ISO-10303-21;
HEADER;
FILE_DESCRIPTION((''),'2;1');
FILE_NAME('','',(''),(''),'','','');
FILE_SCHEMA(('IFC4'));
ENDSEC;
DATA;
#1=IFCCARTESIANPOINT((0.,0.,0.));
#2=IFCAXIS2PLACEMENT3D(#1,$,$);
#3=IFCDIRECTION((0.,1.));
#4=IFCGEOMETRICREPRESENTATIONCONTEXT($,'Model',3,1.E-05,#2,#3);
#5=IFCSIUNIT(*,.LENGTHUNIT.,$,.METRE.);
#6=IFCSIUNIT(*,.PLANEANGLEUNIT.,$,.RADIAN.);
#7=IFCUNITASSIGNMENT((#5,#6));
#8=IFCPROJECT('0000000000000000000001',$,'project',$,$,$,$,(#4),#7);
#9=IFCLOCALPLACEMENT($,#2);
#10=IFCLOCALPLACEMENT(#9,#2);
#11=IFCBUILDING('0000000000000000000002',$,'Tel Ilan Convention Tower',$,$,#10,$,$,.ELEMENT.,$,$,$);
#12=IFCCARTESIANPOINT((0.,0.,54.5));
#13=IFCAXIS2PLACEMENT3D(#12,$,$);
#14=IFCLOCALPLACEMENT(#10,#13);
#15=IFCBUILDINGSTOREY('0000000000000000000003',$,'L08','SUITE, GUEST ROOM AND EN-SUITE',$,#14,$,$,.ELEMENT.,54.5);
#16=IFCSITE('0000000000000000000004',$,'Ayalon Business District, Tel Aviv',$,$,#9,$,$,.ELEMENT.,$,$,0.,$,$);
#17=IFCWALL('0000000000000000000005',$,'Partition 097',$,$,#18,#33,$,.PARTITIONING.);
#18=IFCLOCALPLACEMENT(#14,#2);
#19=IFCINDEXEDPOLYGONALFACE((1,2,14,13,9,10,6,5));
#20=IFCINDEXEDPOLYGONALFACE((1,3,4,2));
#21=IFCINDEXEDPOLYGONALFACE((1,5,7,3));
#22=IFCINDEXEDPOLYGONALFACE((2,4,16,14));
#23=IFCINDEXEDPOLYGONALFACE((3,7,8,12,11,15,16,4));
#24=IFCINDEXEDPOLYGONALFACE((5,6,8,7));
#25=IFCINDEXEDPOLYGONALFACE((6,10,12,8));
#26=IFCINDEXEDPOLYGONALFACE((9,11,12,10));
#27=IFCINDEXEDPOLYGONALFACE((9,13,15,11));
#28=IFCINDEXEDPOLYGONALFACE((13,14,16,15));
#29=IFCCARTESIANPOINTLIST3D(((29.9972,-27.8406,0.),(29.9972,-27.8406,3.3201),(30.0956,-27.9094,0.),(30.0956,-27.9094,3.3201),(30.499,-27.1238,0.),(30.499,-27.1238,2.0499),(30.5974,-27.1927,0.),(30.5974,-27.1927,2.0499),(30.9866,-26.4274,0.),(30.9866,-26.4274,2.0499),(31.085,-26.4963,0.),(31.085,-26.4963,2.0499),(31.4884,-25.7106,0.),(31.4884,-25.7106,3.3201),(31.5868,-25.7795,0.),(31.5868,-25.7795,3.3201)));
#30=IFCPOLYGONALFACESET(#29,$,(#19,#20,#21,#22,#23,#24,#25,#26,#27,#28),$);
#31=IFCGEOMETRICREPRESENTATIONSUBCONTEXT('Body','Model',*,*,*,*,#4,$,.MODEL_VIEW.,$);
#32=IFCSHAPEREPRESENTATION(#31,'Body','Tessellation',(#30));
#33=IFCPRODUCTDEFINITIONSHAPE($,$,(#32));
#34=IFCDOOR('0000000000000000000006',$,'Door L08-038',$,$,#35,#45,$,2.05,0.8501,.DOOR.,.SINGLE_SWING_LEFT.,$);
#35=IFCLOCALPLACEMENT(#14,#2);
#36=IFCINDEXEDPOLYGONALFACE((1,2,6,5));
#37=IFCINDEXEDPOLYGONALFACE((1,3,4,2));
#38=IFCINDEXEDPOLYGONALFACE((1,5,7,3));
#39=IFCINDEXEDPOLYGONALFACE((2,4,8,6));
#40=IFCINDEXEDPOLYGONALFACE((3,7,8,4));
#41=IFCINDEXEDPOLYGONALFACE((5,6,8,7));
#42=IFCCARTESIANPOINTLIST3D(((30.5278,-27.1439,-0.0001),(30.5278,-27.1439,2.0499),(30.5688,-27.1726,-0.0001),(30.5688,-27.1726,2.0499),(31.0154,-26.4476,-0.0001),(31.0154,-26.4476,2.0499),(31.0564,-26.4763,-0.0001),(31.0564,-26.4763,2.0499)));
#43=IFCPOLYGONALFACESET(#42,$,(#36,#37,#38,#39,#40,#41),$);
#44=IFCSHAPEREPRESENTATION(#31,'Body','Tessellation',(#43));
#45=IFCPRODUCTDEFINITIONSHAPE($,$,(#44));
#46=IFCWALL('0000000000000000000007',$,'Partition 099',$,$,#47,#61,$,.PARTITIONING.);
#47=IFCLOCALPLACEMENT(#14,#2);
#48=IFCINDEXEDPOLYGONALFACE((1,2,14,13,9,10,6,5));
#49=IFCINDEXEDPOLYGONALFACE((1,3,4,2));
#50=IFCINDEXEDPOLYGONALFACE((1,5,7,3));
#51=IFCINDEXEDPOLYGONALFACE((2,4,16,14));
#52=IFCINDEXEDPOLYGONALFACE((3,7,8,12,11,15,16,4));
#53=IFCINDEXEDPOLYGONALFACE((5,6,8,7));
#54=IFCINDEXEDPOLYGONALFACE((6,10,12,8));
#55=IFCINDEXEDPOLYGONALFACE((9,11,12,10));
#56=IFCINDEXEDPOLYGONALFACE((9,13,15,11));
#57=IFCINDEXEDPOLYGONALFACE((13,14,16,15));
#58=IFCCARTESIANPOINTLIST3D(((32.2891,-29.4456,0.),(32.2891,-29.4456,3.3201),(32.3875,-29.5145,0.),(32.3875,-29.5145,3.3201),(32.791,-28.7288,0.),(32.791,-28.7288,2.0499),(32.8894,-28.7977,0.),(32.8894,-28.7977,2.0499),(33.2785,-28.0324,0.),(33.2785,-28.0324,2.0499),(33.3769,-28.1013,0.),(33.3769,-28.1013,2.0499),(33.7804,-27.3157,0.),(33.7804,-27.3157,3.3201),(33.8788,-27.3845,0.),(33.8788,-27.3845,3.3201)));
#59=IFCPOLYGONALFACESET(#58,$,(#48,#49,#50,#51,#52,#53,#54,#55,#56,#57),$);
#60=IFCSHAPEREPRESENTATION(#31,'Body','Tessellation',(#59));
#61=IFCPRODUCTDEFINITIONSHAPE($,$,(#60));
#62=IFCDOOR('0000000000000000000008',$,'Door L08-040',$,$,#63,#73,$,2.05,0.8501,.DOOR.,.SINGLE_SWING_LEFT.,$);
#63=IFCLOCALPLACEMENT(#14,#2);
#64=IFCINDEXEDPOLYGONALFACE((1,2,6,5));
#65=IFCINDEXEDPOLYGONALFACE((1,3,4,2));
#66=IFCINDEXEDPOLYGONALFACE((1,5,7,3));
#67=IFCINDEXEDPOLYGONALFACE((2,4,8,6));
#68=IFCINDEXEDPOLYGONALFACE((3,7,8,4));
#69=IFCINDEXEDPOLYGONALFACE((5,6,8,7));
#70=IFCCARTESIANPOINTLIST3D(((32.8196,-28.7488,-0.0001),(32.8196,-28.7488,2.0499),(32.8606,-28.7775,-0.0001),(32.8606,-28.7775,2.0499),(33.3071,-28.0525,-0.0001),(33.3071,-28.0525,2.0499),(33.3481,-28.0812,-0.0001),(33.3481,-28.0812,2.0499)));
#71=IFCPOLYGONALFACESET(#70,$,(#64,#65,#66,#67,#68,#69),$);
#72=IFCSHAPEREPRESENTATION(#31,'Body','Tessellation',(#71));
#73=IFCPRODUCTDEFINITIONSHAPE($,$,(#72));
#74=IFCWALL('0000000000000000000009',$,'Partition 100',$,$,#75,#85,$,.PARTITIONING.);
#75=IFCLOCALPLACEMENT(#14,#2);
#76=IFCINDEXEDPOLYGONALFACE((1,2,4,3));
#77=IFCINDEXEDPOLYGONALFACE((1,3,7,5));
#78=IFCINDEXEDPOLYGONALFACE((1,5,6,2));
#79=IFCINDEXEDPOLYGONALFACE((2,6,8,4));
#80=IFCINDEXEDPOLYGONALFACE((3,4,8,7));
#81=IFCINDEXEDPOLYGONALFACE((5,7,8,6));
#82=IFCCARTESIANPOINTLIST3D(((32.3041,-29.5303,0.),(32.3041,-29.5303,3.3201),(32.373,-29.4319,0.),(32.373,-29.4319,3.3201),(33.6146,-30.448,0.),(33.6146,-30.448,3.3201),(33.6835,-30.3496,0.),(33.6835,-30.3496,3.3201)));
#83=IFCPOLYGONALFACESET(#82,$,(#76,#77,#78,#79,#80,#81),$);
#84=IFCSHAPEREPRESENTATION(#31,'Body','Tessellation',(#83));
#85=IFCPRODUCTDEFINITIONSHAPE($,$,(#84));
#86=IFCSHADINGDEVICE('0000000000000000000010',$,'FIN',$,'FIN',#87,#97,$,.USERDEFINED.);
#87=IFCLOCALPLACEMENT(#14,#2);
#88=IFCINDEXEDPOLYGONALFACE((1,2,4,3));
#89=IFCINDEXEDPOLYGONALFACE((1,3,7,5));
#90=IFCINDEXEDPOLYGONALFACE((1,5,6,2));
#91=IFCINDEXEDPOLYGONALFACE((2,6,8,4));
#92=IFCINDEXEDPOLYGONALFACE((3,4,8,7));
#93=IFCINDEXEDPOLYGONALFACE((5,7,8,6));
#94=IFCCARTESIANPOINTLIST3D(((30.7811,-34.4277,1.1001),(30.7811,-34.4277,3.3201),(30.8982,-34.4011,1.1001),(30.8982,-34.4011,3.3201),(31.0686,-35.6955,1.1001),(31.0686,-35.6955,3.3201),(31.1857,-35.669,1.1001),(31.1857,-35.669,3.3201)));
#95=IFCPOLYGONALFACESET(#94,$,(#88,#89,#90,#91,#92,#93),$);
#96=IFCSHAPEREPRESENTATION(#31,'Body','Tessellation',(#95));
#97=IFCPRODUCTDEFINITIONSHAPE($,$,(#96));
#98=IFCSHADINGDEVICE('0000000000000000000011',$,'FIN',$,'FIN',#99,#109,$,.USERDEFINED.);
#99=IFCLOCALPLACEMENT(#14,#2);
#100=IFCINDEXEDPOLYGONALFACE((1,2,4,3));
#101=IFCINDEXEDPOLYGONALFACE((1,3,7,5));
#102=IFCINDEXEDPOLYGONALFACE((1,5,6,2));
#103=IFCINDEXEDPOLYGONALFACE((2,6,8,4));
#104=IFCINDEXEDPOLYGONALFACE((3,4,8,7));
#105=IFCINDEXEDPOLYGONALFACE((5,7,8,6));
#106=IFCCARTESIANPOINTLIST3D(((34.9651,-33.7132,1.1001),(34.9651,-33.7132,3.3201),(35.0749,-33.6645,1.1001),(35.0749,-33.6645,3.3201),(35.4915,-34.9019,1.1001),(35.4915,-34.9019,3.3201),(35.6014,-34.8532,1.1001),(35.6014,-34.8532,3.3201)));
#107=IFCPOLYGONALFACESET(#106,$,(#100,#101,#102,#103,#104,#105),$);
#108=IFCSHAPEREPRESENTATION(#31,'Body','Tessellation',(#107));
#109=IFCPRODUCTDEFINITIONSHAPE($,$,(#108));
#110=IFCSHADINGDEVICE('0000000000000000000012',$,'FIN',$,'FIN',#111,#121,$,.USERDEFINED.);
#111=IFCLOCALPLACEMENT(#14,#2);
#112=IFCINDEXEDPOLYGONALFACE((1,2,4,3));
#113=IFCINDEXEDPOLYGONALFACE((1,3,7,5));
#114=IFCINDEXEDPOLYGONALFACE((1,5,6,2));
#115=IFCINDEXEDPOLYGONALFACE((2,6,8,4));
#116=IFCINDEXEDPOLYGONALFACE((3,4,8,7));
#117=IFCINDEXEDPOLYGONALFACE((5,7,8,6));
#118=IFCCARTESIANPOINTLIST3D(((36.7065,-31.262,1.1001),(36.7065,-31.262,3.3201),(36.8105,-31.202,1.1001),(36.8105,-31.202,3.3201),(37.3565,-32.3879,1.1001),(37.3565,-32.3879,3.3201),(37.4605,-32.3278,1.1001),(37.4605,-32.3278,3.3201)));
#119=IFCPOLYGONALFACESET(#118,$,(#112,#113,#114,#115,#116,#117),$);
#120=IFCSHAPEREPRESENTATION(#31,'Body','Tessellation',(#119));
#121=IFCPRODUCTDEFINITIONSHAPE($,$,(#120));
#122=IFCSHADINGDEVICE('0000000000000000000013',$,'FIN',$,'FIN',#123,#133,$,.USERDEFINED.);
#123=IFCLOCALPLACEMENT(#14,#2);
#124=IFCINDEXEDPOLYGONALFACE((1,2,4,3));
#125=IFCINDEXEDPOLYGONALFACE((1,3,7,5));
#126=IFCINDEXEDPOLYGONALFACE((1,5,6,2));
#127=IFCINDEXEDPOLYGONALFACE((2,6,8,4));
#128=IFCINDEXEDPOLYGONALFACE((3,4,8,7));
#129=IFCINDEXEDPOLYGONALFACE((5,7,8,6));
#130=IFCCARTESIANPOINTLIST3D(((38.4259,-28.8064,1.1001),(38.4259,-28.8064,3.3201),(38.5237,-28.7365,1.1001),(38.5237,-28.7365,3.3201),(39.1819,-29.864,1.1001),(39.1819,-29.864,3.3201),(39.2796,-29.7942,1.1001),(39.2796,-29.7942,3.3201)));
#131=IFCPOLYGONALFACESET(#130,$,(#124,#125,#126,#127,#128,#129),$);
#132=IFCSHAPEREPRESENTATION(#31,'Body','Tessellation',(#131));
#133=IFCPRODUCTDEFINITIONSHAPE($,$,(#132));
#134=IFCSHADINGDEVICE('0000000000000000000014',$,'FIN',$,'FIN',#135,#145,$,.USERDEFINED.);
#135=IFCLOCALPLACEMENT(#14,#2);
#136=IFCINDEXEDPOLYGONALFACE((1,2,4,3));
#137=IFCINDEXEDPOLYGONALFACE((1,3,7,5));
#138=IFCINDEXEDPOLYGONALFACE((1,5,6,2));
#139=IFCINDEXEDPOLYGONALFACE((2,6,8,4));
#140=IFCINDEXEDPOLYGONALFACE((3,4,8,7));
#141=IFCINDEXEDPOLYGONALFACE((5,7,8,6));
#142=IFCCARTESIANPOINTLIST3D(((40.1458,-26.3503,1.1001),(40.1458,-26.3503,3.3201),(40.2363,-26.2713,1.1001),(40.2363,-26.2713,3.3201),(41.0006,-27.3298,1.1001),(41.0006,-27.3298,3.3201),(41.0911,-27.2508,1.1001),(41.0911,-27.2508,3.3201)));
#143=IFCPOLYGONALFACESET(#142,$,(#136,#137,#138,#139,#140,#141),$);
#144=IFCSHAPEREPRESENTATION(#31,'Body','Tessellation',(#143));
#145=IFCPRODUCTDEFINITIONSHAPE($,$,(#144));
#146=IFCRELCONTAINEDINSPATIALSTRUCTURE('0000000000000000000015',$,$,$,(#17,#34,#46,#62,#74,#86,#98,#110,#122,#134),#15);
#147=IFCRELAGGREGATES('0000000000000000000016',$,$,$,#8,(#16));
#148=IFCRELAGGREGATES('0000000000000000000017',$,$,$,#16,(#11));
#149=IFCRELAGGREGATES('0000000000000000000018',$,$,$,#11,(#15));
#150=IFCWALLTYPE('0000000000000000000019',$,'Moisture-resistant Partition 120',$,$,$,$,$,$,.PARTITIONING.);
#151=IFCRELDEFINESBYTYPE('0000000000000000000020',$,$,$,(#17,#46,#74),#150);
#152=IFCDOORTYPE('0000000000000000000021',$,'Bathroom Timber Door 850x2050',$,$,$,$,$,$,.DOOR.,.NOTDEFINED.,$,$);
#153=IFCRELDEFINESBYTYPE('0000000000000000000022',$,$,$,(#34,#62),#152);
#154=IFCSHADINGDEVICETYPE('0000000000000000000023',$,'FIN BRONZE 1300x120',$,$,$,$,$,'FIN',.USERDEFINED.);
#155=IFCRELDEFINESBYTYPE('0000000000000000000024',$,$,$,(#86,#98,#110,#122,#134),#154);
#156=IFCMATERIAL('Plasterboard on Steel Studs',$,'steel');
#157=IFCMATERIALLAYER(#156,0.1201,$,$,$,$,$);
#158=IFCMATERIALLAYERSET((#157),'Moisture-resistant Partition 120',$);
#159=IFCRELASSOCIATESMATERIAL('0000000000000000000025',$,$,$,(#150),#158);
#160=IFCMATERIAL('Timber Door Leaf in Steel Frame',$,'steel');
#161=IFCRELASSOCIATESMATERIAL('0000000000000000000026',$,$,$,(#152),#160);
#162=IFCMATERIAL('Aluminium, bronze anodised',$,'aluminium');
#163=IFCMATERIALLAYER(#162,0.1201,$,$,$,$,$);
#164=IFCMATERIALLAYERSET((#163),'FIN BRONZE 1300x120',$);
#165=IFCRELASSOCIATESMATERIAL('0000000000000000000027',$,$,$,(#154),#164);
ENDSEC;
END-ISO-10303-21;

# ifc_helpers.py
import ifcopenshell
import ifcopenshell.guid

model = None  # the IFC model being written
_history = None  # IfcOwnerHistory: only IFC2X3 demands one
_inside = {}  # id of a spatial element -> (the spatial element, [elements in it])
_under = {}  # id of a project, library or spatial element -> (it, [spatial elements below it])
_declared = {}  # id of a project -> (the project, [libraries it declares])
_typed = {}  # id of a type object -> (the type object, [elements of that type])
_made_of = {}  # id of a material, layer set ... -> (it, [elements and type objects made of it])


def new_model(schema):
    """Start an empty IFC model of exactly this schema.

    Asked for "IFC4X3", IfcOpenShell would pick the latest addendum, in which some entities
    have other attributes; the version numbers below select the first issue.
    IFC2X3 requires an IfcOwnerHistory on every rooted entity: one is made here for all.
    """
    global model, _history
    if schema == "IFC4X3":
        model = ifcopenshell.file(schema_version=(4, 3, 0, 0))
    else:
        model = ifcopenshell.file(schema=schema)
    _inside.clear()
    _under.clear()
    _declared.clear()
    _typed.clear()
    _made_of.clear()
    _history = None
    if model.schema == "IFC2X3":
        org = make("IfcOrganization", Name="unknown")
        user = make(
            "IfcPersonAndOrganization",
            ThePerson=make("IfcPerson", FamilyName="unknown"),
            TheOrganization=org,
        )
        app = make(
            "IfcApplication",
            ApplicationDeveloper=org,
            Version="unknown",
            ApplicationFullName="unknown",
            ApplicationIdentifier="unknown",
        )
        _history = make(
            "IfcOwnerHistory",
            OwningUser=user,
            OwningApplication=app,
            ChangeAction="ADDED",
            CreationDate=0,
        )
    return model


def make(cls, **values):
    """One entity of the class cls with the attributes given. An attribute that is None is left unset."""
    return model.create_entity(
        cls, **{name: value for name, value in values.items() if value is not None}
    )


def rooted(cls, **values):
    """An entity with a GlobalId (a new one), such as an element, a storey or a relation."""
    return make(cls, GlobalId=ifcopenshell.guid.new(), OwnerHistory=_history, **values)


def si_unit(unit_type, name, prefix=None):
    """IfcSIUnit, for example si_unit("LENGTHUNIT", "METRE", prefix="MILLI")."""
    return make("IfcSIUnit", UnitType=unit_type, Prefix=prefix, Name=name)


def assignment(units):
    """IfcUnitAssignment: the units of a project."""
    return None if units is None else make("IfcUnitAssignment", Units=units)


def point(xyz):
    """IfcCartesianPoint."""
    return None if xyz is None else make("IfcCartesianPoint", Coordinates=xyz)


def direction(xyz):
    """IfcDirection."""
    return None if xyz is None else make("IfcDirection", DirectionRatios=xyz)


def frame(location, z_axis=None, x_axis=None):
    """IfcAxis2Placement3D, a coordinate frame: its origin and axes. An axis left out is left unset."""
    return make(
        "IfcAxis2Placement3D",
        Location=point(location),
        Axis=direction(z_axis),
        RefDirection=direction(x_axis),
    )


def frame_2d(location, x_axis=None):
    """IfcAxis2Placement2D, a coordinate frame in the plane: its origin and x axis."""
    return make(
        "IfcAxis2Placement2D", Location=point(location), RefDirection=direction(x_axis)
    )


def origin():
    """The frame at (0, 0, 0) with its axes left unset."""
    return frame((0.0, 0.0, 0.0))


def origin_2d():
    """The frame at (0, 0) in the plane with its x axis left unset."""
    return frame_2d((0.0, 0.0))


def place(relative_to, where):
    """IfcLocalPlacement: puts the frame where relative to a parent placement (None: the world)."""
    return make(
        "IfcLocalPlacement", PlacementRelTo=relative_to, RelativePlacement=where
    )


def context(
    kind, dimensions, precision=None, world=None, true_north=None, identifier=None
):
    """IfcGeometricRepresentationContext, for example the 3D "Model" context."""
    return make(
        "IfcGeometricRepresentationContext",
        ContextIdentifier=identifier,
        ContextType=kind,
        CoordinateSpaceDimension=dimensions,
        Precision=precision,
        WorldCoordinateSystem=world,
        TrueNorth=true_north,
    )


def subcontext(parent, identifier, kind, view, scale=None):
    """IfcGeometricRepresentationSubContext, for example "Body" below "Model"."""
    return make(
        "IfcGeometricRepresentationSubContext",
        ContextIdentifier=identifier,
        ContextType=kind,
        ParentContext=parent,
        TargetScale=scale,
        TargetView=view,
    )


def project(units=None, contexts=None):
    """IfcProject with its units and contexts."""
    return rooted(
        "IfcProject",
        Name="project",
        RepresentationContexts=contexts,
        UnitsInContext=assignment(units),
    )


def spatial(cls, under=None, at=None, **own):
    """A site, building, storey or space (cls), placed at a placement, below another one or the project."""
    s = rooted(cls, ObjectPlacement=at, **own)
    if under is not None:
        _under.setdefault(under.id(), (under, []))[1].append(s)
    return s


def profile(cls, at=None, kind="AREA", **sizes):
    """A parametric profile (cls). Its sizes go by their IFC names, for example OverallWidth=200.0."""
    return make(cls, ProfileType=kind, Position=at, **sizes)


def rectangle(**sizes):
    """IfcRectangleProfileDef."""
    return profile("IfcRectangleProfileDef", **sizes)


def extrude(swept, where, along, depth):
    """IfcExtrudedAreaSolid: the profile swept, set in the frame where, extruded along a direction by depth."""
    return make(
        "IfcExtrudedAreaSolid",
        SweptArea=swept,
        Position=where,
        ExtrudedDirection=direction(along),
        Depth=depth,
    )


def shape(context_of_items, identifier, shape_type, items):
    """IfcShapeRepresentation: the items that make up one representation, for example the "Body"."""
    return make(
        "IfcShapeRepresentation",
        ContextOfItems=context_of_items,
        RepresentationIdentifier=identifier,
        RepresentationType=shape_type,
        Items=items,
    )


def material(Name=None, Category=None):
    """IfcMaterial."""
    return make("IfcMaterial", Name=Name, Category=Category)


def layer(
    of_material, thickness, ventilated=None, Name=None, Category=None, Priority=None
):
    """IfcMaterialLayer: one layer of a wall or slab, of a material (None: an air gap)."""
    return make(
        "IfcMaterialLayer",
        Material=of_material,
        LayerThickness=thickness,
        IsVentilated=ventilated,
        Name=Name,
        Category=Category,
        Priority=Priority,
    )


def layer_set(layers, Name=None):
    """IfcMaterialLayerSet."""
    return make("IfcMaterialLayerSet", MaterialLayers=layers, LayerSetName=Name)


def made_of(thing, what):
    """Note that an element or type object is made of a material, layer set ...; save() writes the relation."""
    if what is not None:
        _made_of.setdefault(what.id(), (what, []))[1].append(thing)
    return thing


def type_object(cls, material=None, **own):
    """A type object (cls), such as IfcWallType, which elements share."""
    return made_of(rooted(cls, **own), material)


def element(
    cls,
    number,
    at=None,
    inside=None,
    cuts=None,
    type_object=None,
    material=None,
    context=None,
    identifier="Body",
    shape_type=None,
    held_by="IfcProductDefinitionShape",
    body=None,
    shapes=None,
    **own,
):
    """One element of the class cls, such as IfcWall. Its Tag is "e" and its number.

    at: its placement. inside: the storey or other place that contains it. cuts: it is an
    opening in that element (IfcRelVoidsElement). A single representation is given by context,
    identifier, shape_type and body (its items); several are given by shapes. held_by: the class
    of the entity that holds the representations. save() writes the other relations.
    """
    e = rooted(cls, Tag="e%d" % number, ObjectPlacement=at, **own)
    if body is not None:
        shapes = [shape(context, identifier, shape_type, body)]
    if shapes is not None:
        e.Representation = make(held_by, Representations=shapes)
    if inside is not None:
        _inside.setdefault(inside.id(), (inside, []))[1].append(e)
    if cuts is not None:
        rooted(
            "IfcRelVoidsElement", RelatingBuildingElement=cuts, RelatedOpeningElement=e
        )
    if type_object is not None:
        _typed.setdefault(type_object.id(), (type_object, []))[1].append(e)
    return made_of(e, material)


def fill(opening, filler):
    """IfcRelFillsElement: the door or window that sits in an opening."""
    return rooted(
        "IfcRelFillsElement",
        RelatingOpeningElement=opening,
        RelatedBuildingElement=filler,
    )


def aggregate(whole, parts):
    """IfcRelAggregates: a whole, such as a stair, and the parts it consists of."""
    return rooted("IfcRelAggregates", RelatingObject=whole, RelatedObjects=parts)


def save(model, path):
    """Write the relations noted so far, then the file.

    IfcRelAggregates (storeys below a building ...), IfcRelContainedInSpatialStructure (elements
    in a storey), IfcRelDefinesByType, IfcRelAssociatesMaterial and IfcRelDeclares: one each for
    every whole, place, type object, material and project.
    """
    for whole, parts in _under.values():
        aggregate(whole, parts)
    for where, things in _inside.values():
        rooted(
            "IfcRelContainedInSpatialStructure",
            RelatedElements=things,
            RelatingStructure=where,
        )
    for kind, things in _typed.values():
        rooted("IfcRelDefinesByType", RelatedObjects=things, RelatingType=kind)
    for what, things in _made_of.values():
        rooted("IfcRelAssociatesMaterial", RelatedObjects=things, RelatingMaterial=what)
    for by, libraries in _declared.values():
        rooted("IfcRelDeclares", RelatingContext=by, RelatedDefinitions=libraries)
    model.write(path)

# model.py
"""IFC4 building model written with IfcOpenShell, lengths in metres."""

from ifc_helpers import new_model, si_unit, direction, frame, frame_2d, origin, origin_2d, place, context, subcontext, project, spatial, rectangle, extrude, material, layer, layer_set, type_object, element, fill, save


model = new_model("IFC4")

# Units and contexts
model_context = context("Model", 3, precision=1e-05, world=origin(), true_north=direction((0.0, 1.0)))
body_context = subcontext(model_context, "Body", "Model", "MODEL_VIEW")
ifc_project = project(units=[si_unit("LENGTHUNIT", "METRE"), si_unit("PLANEANGLEUNIT", "RADIAN")], contexts=[model_context])

# Site, building, storey
site_placement = place(None, origin())
site = spatial("IfcSite", under=ifc_project, at=site_placement, Name="Ayalon Business District, Tel Aviv", CompositionType="ELEMENT", RefElevation=0.0)
building_placement = place(site_placement, origin())
building = spatial("IfcBuilding", under=site, at=building_placement, Name="Tel Ilan Convention Tower", CompositionType="ELEMENT")
storey_placement = place(building_placement, frame((0.0, 0.0, 54.5)))
storey = spatial("IfcBuildingStorey", under=building, at=storey_placement, Name="L08", Description="SUITE, GUEST ROOM AND EN-SUITE", CompositionType="ELEMENT", Elevation=54.5)

# Walls, openings, doors
ifc_material_1 = material(Name="Plasterboard on Steel Studs", Category="steel")
ifc_layer_1 = layer(ifc_material_1, 0.1201)
ifc_layer_set_1 = layer_set([ifc_layer_1], Name="Moisture-resistant Partition 120")
wall_type_1 = type_object("IfcWallType", Name="Moisture-resistant Partition 120", PredefinedType="PARTITIONING", material=ifc_layer_set_1)
wall_1_placement = place(storey_placement, frame((30.0464, -27.875, 0.0), z_axis=(0.0, 0.0, 1.0), x_axis=(0.573538, 0.819179, 0.0)))
wall_1 = element("IfcWall", 1, at=wall_1_placement, inside=storey, type_object=wall_type_1, Name="Partition 097", PredefinedType="PARTITIONING", context=body_context, shape_type="SweptSolid", body=[
    extrude(rectangle(XDim=2.6001, YDim=0.1201, at=frame_2d((1.3, 0.0))), origin(), (0.0, 0.0, 1.0), 3.3201),
])
opening_1_placement = place(wall_1_placement, frame((0.875, 0.0, 0.0)))
opening_1 = element("IfcOpeningElement", 2, at=opening_1_placement, cuts=wall_1, PredefinedType="OPENING", context=body_context, shape_type="SweptSolid", body=[
    extrude(rectangle(XDim=0.8501, YDim=2.05, at=frame_2d((0.425, 1.0249))), frame((0.0, 0.0701, 0.0), z_axis=(0.0, -1.0, 0.0), x_axis=(1.0, 0.0, 0.0)), (0.0, 0.0, 1.0), 0.1401),
])
ifc_material_2 = material(Name="Timber Door Leaf in Steel Frame", Category="steel")
door_type_1 = type_object("IfcDoorType", Name="Bathroom Timber Door 850x2050", OperationType="NOTDEFINED", PredefinedType="DOOR", material=ifc_material_2)
door_1_placement = place(opening_1_placement, origin())
door_1 = element("IfcDoor", 3, at=door_1_placement, inside=storey, type_object=door_type_1, Name="Door L08-038", OperationType="SINGLE_SWING_LEFT", OverallHeight=2.05, OverallWidth=0.8501, PredefinedType="DOOR", context=body_context, shape_type="SweptSolid", body=[
    extrude(rectangle(XDim=0.8501, YDim=2.05, at=frame_2d((0.425, 1.0249))), frame((0.0, 0.0249, 0.0), z_axis=(0.0, -1.0, 0.0), x_axis=(1.0, 0.0, 0.0)), (0.0, 0.0, 1.0), 0.05),
])
fill(opening_1, door_1)
wall_2_placement = place(storey_placement, frame((33.8296, -27.3501, 0.0), z_axis=(0.0, 0.0, 1.0), x_axis=(-0.573538, -0.819179, 0.0)))
wall_2 = element("IfcWall", 4, at=wall_2_placement, inside=storey, type_object=wall_type_1, Name="Partition 099", PredefinedType="PARTITIONING", context=body_context, shape_type="SweptSolid", body=[
    extrude(rectangle(XDim=2.6001, YDim=0.1201, at=frame_2d((1.3, 0.0))), origin(), (0.0, 0.0, 1.0), 3.3201),
])
opening_2_placement = place(wall_2_placement, frame((0.875, 0.0, 0.0)))
opening_2 = element("IfcOpeningElement", 5, at=opening_2_placement, cuts=wall_2, PredefinedType="OPENING", context=body_context, shape_type="SweptSolid", body=[
    extrude(rectangle(XDim=0.8501, YDim=2.05, at=frame_2d((0.425, 1.0249))), frame((0.0, 0.0701, 0.0), z_axis=(0.0, -1.0, 0.0), x_axis=(1.0, 0.0, 0.0)), (0.0, 0.0, 1.0), 0.1401),
])
door_2_placement = place(opening_2_placement, origin())
door_2 = element("IfcDoor", 6, at=door_2_placement, inside=storey, type_object=door_type_1, Name="Door L08-040", OperationType="SINGLE_SWING_LEFT", OverallHeight=2.05, OverallWidth=0.8501, PredefinedType="DOOR", context=body_context, shape_type="SweptSolid", body=[
    extrude(rectangle(XDim=0.8501, YDim=2.05, at=frame_2d((0.425, 1.0249))), frame((0.0, 0.0249, 0.0), z_axis=(0.0, -1.0, 0.0), x_axis=(1.0, 0.0, 0.0)), (0.0, 0.0, 1.0), 0.05),
])
fill(opening_2, door_2)

# Wall
wall_3_placement = place(storey_placement, frame((32.3386, -29.4812, 0.0), z_axis=(0.0, 0.0, 1.0), x_axis=(0.819132, -0.573606, 0.0)))
element("IfcWall", 7, at=wall_3_placement, inside=storey, type_object=wall_type_1, Name="Partition 100", PredefinedType="PARTITIONING", context=body_context, shape_type="SweptSolid", body=[
    extrude(rectangle(XDim=1.5999, YDim=0.1201, at=frame_2d((0.7998, 0.0))), origin(), (0.0, 0.0, 1.0), 3.3201),
])

# Shading devices
ifc_material_3 = material(Name="Aluminium, bronze anodised", Category="aluminium")
ifc_layer_2 = layer(ifc_material_3, 0.1201)
ifc_layer_set_2 = layer_set([ifc_layer_2], Name="FIN BRONZE 1300x120")
shading_device_type = type_object("IfcShadingDeviceType", Name="FIN BRONZE 1300x120", ElementType="FIN", PredefinedType="USERDEFINED", material=ifc_layer_set_2)
for number, where, z_axis, x_axis, name in (
    (8, (30.9834, -35.0483, 1.1001), (0.0, 0.0, 1.0), (0.22117, -0.975235, 0.0), "FIN"),
    (9, (35.2832, -34.2832, 1.1001), (0.0, 0.0, 1.0), (0.404964, -0.914333, 0.0), "FIN"),
    (10, (37.0835, -31.7949, 1.1001), (0.0, 0.0, 1.0), (0.5, -0.866025, 0.0), "FIN"),
    (11, (38.8528, -29.3003, 1.1001), (0.0, 0.0, 1.0), (0.581492, -0.813552, 0.0), "FIN"),
    (12, (40.6184, -26.8005, 1.1001), (0.0, 0.0, 1.0), (0.657521, -0.753436, 0.0), "FIN"),
):
    element("IfcShadingDevice", number, at=place(storey_placement, frame(where, z_axis=z_axis, x_axis=x_axis)), inside=storey, type_object=shading_device_type, Name=name, ObjectType="FIN", PredefinedType="USERDEFINED", context=body_context, shape_type="SweptSolid", body=[
        extrude(rectangle(XDim=1.3, YDim=0.1201, at=origin_2d()), origin(), (0.0, 0.0, 1.0), 2.22),
    ])

save(model, "model.ifc")
